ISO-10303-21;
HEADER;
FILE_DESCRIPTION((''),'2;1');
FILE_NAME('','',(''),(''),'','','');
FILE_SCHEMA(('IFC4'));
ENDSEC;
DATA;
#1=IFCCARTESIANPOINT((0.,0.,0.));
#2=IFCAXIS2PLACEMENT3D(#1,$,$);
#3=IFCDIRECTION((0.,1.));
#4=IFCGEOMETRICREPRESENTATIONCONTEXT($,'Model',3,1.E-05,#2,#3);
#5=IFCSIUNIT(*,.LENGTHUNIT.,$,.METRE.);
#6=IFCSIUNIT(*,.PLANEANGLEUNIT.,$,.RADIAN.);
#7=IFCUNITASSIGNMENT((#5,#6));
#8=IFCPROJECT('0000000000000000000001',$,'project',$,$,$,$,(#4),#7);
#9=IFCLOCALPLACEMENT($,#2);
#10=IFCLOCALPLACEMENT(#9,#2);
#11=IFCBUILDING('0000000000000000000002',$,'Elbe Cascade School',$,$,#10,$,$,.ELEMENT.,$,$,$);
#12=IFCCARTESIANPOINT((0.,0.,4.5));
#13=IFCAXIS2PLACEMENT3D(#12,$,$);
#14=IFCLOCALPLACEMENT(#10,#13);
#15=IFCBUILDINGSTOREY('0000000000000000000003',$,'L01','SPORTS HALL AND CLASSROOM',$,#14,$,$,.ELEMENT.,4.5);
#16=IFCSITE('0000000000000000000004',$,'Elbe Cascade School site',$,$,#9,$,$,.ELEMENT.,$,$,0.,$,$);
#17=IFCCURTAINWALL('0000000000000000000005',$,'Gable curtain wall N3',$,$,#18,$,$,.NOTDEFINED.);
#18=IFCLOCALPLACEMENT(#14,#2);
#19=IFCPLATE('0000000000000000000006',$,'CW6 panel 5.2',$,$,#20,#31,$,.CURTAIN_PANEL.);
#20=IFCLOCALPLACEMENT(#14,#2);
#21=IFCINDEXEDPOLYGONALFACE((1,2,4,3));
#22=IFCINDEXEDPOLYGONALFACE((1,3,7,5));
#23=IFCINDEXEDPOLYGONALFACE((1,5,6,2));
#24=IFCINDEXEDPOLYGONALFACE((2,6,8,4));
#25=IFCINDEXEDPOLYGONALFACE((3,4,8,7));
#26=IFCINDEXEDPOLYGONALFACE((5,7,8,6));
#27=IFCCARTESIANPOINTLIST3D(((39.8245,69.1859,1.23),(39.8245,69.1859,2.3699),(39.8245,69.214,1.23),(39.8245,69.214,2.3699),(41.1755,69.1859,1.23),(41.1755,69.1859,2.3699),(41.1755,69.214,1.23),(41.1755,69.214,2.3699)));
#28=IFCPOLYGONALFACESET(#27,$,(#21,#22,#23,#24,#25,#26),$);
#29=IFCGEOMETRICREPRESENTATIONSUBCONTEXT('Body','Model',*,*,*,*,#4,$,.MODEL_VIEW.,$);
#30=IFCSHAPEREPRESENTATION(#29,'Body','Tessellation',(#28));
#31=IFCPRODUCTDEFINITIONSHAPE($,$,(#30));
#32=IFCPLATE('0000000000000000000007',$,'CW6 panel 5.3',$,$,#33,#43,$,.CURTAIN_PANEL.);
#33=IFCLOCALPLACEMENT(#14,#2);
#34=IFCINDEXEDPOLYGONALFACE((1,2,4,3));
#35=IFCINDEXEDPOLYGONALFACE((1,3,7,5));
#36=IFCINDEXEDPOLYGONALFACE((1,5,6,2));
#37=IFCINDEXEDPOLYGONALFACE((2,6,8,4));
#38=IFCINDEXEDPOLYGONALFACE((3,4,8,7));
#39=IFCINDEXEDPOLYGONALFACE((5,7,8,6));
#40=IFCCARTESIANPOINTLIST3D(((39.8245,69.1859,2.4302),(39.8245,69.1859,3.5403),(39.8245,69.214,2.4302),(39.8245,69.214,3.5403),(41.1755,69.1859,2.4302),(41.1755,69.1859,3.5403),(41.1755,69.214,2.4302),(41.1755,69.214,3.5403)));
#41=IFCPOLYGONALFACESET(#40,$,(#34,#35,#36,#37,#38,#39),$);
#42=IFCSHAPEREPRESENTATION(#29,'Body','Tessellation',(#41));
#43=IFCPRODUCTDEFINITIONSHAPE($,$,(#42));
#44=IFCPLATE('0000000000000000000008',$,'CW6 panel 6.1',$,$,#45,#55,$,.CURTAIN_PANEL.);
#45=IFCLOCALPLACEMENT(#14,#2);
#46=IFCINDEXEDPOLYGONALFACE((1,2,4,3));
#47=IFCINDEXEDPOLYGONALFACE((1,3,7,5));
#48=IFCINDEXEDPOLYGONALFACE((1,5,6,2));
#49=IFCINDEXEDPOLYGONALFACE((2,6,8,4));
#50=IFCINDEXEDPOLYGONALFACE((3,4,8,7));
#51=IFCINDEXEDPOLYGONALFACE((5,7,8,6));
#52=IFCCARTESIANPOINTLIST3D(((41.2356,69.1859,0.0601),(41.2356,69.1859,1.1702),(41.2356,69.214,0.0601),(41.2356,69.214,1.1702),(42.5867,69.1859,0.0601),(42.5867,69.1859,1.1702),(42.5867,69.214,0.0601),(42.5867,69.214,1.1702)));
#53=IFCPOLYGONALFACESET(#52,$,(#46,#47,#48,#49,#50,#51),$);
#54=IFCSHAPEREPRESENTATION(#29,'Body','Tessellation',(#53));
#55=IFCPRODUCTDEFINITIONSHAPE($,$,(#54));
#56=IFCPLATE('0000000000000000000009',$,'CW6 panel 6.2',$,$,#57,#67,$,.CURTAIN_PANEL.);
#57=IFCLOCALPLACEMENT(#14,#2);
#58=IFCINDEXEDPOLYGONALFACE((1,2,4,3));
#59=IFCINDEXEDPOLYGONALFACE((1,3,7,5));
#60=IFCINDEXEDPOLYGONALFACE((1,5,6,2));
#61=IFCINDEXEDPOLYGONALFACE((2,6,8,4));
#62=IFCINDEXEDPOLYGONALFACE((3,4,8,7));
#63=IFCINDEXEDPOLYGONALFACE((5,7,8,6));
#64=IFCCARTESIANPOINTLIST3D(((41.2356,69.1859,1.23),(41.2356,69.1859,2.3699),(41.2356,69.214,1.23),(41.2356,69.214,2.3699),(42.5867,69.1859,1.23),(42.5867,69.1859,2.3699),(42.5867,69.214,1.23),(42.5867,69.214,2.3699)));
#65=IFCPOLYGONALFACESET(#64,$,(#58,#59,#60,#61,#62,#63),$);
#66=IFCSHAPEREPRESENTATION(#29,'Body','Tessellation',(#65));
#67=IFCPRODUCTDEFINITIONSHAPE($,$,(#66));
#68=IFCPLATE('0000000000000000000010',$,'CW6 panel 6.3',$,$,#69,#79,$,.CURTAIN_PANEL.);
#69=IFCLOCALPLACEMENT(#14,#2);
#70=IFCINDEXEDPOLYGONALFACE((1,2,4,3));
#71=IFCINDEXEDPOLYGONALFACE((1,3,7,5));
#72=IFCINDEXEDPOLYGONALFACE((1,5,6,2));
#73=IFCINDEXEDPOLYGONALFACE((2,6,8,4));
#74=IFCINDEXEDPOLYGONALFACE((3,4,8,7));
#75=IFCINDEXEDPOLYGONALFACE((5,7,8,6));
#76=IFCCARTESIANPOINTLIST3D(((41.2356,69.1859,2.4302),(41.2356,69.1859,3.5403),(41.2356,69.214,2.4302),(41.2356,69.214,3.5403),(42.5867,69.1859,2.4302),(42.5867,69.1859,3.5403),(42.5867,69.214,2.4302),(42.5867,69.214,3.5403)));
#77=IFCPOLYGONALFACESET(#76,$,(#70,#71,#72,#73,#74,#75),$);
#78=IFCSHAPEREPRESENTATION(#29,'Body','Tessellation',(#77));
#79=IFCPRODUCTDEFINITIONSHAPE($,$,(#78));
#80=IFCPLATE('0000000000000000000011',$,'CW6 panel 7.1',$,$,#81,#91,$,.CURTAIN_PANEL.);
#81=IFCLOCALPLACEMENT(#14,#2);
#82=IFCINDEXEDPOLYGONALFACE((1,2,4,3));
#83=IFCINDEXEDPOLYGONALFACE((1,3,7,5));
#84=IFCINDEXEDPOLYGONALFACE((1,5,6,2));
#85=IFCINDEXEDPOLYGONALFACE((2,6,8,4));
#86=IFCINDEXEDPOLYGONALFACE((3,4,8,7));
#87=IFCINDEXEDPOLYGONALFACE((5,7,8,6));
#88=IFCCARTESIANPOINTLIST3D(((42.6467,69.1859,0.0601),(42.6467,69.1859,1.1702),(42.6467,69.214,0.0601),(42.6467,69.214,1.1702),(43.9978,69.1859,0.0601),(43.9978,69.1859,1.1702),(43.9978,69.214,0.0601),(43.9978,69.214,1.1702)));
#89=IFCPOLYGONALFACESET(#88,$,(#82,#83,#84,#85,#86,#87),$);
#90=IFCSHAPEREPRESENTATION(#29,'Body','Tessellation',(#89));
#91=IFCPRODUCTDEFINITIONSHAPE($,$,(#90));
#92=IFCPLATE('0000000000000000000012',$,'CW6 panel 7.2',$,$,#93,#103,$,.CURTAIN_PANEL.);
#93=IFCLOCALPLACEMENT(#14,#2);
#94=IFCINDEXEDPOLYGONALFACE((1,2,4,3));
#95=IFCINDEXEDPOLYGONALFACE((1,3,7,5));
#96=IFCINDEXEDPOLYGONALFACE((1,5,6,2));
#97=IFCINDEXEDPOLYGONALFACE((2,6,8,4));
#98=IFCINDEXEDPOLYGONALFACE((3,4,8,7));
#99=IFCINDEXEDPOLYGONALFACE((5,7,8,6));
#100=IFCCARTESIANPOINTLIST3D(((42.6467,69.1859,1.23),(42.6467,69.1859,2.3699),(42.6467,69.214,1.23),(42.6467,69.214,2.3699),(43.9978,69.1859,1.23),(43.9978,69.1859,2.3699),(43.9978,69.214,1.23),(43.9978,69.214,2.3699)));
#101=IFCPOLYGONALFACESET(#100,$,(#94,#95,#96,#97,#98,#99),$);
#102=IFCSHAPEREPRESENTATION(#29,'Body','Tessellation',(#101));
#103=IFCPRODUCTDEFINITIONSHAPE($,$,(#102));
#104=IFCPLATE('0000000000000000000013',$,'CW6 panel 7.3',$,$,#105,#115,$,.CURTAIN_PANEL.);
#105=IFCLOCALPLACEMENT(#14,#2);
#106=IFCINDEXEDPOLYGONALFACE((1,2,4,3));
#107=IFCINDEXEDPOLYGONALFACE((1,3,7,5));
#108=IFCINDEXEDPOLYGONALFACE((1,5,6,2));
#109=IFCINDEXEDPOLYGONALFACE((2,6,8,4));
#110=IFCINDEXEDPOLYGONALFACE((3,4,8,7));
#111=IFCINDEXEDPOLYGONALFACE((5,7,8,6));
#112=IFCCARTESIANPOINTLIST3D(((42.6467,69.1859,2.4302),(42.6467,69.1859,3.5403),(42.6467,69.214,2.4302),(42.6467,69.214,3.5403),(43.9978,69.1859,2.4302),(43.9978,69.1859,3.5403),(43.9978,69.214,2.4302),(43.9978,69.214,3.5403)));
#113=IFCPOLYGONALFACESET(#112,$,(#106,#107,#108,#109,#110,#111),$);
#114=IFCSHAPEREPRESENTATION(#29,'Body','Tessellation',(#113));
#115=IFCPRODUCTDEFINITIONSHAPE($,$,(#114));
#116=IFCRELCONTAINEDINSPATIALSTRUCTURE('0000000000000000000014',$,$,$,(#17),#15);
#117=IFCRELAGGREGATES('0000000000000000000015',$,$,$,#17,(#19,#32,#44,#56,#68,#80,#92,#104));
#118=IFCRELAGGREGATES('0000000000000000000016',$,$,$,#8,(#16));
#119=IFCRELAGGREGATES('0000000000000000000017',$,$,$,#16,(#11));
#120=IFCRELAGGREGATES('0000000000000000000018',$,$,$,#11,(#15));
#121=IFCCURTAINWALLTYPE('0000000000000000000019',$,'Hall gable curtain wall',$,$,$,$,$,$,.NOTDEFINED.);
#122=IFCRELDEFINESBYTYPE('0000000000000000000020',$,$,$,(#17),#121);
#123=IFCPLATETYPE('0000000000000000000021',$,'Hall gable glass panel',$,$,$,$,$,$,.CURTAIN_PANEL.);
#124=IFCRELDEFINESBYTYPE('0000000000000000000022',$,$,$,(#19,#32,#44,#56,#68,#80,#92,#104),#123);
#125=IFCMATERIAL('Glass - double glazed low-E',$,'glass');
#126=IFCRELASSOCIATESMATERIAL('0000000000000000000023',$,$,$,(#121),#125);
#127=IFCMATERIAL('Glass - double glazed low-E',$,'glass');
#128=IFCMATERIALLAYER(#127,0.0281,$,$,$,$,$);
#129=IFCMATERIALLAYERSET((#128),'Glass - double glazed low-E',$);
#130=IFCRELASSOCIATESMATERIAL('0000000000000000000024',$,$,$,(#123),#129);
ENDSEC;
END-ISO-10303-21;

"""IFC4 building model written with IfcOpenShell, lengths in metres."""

from ifc_helpers import new_model, si_unit, direction, frame, origin, origin_2d, place, context, subcontext, project, spatial, rectangle, extrude, material, layer, layer_set, type_object, element, aggregate, save


model = new_model("IFC4")

# Units and contexts
model_context = context("Model", 3, precision=1e-05, world=origin(), true_north=direction((0.0, 1.0)))
body_context = subcontext(model_context, "Body", "Model", "MODEL_VIEW")
ifc_project = project(units=[si_unit("LENGTHUNIT", "METRE"), si_unit("PLANEANGLEUNIT", "RADIAN")], contexts=[model_context])

# Site, building, storey
site_placement = place(None, origin())
site = spatial("IfcSite", under=ifc_project, at=site_placement, Name="Elbe Cascade School site", CompositionType="ELEMENT", RefElevation=0.0)
building_placement = place(site_placement, origin())
building = spatial("IfcBuilding", under=site, at=building_placement, Name="Elbe Cascade School", CompositionType="ELEMENT")
storey_placement = place(building_placement, frame((0.0, 0.0, 4.5)))
storey = spatial("IfcBuildingStorey", under=building, at=storey_placement, Name="L01", Description="SPORTS HALL AND CLASSROOM", CompositionType="ELEMENT", Elevation=4.5)

# Curtain wall, plates
ifc_material_1 = material(Name="Glass - double glazed low-E", Category="glass")
curtain_wall_type = type_object("IfcCurtainWallType", Name="Hall gable curtain wall", PredefinedType="NOTDEFINED", material=ifc_material_1)
curtain_wall_placement = place(storey_placement, origin())
curtain_wall = element("IfcCurtainWall", 1, at=curtain_wall_placement, inside=storey, type_object=curtain_wall_type, Name="Gable curtain wall N3", PredefinedType="NOTDEFINED")
ifc_material_2 = material(Name="Glass - double glazed low-E", Category="glass")
ifc_layer = layer(ifc_material_2, 0.0281)
ifc_layer_set = layer_set([ifc_layer], Name="Glass - double glazed low-E")
plate_type = type_object("IfcPlateType", Name="Hall gable glass panel", PredefinedType="CURTAIN_PANEL", material=ifc_layer_set)
plate_1_placement = place(storey_placement, frame((40.5, 69.2, 1.23), z_axis=(0.0, 0.0, 1.0), x_axis=(1.0, 0.0, 0.0)))
plate_1 = element("IfcPlate", 2, at=plate_1_placement, type_object=plate_type, Name="CW6 panel 5.2", PredefinedType="CURTAIN_PANEL", context=body_context, shape_type="SweptSolid", body=[
    extrude(rectangle(XDim=1.3511, YDim=0.0281, at=origin_2d()), origin(), (0.0, 0.0, 1.0), 1.1399),
])
plate_2_placement = place(storey_placement, frame((40.5, 69.2, 2.4302), z_axis=(0.0, 0.0, 1.0), x_axis=(1.0, 0.0, 0.0)))
plate_2 = element("IfcPlate", 3, at=plate_2_placement, type_object=plate_type, Name="CW6 panel 5.3", PredefinedType="CURTAIN_PANEL", context=body_context, shape_type="SweptSolid", body=[
    extrude(rectangle(XDim=1.3511, YDim=0.0281, at=origin_2d()), origin(), (0.0, 0.0, 1.0), 1.1101),
])
plate_3_placement = place(storey_placement, frame((41.9111, 69.2, 0.0601), z_axis=(0.0, 0.0, 1.0), x_axis=(1.0, 0.0, 0.0)))
plate_3 = element("IfcPlate", 4, at=plate_3_placement, type_object=plate_type, Name="CW6 panel 6.1", PredefinedType="CURTAIN_PANEL", context=body_context, shape_type="SweptSolid", body=[
    extrude(rectangle(XDim=1.3511, YDim=0.0281, at=origin_2d()), origin(), (0.0, 0.0, 1.0), 1.1101),
])
plate_4_placement = place(storey_placement, frame((41.9111, 69.2, 1.23), z_axis=(0.0, 0.0, 1.0), x_axis=(1.0, 0.0, 0.0)))
plate_4 = element("IfcPlate", 5, at=plate_4_placement, type_object=plate_type, Name="CW6 panel 6.2", PredefinedType="CURTAIN_PANEL", context=body_context, shape_type="SweptSolid", body=[
    extrude(rectangle(XDim=1.3511, YDim=0.0281, at=origin_2d()), origin(), (0.0, 0.0, 1.0), 1.1399),
])
plate_5_placement = place(storey_placement, frame((41.9111, 69.2, 2.4302), z_axis=(0.0, 0.0, 1.0), x_axis=(1.0, 0.0, 0.0)))
plate_5 = element("IfcPlate", 6, at=plate_5_placement, type_object=plate_type, Name="CW6 panel 6.3", PredefinedType="CURTAIN_PANEL", context=body_context, shape_type="SweptSolid", body=[
    extrude(rectangle(XDim=1.3511, YDim=0.0281, at=origin_2d()), origin(), (0.0, 0.0, 1.0), 1.1101),
])
plate_6_placement = place(storey_placement, frame((43.3223, 69.2, 0.0601), z_axis=(0.0, 0.0, 1.0), x_axis=(1.0, 0.0, 0.0)))
plate_6 = element("IfcPlate", 7, at=plate_6_placement, type_object=plate_type, Name="CW6 panel 7.1", PredefinedType="CURTAIN_PANEL", context=body_context, shape_type="SweptSolid", body=[
    extrude(rectangle(XDim=1.3511, YDim=0.0281, at=origin_2d()), origin(), (0.0, 0.0, 1.0), 1.1101),
])
plate_7_placement = place(storey_placement, frame((43.3223, 69.2, 1.23), z_axis=(0.0, 0.0, 1.0), x_axis=(1.0, 0.0, 0.0)))
plate_7 = element("IfcPlate", 8, at=plate_7_placement, type_object=plate_type, Name="CW6 panel 7.2", PredefinedType="CURTAIN_PANEL", context=body_context, shape_type="SweptSolid", body=[
    extrude(rectangle(XDim=1.3511, YDim=0.0281, at=origin_2d()), origin(), (0.0, 0.0, 1.0), 1.1399),
])
plate_8_placement = place(storey_placement, frame((43.3223, 69.2, 2.4302), z_axis=(0.0, 0.0, 1.0), x_axis=(1.0, 0.0, 0.0)))
plate_8 = element("IfcPlate", 9, at=plate_8_placement, type_object=plate_type, Name="CW6 panel 7.3", PredefinedType="CURTAIN_PANEL", context=body_context, shape_type="SweptSolid", body=[
    extrude(rectangle(XDim=1.3511, YDim=0.0281, at=origin_2d()), origin(), (0.0, 0.0, 1.0), 1.1101),
])
aggregate(curtain_wall, [plate_1, plate_2, plate_3, plate_4, plate_5, plate_6, plate_7, plate_8])

save(model, "model.ifc")
